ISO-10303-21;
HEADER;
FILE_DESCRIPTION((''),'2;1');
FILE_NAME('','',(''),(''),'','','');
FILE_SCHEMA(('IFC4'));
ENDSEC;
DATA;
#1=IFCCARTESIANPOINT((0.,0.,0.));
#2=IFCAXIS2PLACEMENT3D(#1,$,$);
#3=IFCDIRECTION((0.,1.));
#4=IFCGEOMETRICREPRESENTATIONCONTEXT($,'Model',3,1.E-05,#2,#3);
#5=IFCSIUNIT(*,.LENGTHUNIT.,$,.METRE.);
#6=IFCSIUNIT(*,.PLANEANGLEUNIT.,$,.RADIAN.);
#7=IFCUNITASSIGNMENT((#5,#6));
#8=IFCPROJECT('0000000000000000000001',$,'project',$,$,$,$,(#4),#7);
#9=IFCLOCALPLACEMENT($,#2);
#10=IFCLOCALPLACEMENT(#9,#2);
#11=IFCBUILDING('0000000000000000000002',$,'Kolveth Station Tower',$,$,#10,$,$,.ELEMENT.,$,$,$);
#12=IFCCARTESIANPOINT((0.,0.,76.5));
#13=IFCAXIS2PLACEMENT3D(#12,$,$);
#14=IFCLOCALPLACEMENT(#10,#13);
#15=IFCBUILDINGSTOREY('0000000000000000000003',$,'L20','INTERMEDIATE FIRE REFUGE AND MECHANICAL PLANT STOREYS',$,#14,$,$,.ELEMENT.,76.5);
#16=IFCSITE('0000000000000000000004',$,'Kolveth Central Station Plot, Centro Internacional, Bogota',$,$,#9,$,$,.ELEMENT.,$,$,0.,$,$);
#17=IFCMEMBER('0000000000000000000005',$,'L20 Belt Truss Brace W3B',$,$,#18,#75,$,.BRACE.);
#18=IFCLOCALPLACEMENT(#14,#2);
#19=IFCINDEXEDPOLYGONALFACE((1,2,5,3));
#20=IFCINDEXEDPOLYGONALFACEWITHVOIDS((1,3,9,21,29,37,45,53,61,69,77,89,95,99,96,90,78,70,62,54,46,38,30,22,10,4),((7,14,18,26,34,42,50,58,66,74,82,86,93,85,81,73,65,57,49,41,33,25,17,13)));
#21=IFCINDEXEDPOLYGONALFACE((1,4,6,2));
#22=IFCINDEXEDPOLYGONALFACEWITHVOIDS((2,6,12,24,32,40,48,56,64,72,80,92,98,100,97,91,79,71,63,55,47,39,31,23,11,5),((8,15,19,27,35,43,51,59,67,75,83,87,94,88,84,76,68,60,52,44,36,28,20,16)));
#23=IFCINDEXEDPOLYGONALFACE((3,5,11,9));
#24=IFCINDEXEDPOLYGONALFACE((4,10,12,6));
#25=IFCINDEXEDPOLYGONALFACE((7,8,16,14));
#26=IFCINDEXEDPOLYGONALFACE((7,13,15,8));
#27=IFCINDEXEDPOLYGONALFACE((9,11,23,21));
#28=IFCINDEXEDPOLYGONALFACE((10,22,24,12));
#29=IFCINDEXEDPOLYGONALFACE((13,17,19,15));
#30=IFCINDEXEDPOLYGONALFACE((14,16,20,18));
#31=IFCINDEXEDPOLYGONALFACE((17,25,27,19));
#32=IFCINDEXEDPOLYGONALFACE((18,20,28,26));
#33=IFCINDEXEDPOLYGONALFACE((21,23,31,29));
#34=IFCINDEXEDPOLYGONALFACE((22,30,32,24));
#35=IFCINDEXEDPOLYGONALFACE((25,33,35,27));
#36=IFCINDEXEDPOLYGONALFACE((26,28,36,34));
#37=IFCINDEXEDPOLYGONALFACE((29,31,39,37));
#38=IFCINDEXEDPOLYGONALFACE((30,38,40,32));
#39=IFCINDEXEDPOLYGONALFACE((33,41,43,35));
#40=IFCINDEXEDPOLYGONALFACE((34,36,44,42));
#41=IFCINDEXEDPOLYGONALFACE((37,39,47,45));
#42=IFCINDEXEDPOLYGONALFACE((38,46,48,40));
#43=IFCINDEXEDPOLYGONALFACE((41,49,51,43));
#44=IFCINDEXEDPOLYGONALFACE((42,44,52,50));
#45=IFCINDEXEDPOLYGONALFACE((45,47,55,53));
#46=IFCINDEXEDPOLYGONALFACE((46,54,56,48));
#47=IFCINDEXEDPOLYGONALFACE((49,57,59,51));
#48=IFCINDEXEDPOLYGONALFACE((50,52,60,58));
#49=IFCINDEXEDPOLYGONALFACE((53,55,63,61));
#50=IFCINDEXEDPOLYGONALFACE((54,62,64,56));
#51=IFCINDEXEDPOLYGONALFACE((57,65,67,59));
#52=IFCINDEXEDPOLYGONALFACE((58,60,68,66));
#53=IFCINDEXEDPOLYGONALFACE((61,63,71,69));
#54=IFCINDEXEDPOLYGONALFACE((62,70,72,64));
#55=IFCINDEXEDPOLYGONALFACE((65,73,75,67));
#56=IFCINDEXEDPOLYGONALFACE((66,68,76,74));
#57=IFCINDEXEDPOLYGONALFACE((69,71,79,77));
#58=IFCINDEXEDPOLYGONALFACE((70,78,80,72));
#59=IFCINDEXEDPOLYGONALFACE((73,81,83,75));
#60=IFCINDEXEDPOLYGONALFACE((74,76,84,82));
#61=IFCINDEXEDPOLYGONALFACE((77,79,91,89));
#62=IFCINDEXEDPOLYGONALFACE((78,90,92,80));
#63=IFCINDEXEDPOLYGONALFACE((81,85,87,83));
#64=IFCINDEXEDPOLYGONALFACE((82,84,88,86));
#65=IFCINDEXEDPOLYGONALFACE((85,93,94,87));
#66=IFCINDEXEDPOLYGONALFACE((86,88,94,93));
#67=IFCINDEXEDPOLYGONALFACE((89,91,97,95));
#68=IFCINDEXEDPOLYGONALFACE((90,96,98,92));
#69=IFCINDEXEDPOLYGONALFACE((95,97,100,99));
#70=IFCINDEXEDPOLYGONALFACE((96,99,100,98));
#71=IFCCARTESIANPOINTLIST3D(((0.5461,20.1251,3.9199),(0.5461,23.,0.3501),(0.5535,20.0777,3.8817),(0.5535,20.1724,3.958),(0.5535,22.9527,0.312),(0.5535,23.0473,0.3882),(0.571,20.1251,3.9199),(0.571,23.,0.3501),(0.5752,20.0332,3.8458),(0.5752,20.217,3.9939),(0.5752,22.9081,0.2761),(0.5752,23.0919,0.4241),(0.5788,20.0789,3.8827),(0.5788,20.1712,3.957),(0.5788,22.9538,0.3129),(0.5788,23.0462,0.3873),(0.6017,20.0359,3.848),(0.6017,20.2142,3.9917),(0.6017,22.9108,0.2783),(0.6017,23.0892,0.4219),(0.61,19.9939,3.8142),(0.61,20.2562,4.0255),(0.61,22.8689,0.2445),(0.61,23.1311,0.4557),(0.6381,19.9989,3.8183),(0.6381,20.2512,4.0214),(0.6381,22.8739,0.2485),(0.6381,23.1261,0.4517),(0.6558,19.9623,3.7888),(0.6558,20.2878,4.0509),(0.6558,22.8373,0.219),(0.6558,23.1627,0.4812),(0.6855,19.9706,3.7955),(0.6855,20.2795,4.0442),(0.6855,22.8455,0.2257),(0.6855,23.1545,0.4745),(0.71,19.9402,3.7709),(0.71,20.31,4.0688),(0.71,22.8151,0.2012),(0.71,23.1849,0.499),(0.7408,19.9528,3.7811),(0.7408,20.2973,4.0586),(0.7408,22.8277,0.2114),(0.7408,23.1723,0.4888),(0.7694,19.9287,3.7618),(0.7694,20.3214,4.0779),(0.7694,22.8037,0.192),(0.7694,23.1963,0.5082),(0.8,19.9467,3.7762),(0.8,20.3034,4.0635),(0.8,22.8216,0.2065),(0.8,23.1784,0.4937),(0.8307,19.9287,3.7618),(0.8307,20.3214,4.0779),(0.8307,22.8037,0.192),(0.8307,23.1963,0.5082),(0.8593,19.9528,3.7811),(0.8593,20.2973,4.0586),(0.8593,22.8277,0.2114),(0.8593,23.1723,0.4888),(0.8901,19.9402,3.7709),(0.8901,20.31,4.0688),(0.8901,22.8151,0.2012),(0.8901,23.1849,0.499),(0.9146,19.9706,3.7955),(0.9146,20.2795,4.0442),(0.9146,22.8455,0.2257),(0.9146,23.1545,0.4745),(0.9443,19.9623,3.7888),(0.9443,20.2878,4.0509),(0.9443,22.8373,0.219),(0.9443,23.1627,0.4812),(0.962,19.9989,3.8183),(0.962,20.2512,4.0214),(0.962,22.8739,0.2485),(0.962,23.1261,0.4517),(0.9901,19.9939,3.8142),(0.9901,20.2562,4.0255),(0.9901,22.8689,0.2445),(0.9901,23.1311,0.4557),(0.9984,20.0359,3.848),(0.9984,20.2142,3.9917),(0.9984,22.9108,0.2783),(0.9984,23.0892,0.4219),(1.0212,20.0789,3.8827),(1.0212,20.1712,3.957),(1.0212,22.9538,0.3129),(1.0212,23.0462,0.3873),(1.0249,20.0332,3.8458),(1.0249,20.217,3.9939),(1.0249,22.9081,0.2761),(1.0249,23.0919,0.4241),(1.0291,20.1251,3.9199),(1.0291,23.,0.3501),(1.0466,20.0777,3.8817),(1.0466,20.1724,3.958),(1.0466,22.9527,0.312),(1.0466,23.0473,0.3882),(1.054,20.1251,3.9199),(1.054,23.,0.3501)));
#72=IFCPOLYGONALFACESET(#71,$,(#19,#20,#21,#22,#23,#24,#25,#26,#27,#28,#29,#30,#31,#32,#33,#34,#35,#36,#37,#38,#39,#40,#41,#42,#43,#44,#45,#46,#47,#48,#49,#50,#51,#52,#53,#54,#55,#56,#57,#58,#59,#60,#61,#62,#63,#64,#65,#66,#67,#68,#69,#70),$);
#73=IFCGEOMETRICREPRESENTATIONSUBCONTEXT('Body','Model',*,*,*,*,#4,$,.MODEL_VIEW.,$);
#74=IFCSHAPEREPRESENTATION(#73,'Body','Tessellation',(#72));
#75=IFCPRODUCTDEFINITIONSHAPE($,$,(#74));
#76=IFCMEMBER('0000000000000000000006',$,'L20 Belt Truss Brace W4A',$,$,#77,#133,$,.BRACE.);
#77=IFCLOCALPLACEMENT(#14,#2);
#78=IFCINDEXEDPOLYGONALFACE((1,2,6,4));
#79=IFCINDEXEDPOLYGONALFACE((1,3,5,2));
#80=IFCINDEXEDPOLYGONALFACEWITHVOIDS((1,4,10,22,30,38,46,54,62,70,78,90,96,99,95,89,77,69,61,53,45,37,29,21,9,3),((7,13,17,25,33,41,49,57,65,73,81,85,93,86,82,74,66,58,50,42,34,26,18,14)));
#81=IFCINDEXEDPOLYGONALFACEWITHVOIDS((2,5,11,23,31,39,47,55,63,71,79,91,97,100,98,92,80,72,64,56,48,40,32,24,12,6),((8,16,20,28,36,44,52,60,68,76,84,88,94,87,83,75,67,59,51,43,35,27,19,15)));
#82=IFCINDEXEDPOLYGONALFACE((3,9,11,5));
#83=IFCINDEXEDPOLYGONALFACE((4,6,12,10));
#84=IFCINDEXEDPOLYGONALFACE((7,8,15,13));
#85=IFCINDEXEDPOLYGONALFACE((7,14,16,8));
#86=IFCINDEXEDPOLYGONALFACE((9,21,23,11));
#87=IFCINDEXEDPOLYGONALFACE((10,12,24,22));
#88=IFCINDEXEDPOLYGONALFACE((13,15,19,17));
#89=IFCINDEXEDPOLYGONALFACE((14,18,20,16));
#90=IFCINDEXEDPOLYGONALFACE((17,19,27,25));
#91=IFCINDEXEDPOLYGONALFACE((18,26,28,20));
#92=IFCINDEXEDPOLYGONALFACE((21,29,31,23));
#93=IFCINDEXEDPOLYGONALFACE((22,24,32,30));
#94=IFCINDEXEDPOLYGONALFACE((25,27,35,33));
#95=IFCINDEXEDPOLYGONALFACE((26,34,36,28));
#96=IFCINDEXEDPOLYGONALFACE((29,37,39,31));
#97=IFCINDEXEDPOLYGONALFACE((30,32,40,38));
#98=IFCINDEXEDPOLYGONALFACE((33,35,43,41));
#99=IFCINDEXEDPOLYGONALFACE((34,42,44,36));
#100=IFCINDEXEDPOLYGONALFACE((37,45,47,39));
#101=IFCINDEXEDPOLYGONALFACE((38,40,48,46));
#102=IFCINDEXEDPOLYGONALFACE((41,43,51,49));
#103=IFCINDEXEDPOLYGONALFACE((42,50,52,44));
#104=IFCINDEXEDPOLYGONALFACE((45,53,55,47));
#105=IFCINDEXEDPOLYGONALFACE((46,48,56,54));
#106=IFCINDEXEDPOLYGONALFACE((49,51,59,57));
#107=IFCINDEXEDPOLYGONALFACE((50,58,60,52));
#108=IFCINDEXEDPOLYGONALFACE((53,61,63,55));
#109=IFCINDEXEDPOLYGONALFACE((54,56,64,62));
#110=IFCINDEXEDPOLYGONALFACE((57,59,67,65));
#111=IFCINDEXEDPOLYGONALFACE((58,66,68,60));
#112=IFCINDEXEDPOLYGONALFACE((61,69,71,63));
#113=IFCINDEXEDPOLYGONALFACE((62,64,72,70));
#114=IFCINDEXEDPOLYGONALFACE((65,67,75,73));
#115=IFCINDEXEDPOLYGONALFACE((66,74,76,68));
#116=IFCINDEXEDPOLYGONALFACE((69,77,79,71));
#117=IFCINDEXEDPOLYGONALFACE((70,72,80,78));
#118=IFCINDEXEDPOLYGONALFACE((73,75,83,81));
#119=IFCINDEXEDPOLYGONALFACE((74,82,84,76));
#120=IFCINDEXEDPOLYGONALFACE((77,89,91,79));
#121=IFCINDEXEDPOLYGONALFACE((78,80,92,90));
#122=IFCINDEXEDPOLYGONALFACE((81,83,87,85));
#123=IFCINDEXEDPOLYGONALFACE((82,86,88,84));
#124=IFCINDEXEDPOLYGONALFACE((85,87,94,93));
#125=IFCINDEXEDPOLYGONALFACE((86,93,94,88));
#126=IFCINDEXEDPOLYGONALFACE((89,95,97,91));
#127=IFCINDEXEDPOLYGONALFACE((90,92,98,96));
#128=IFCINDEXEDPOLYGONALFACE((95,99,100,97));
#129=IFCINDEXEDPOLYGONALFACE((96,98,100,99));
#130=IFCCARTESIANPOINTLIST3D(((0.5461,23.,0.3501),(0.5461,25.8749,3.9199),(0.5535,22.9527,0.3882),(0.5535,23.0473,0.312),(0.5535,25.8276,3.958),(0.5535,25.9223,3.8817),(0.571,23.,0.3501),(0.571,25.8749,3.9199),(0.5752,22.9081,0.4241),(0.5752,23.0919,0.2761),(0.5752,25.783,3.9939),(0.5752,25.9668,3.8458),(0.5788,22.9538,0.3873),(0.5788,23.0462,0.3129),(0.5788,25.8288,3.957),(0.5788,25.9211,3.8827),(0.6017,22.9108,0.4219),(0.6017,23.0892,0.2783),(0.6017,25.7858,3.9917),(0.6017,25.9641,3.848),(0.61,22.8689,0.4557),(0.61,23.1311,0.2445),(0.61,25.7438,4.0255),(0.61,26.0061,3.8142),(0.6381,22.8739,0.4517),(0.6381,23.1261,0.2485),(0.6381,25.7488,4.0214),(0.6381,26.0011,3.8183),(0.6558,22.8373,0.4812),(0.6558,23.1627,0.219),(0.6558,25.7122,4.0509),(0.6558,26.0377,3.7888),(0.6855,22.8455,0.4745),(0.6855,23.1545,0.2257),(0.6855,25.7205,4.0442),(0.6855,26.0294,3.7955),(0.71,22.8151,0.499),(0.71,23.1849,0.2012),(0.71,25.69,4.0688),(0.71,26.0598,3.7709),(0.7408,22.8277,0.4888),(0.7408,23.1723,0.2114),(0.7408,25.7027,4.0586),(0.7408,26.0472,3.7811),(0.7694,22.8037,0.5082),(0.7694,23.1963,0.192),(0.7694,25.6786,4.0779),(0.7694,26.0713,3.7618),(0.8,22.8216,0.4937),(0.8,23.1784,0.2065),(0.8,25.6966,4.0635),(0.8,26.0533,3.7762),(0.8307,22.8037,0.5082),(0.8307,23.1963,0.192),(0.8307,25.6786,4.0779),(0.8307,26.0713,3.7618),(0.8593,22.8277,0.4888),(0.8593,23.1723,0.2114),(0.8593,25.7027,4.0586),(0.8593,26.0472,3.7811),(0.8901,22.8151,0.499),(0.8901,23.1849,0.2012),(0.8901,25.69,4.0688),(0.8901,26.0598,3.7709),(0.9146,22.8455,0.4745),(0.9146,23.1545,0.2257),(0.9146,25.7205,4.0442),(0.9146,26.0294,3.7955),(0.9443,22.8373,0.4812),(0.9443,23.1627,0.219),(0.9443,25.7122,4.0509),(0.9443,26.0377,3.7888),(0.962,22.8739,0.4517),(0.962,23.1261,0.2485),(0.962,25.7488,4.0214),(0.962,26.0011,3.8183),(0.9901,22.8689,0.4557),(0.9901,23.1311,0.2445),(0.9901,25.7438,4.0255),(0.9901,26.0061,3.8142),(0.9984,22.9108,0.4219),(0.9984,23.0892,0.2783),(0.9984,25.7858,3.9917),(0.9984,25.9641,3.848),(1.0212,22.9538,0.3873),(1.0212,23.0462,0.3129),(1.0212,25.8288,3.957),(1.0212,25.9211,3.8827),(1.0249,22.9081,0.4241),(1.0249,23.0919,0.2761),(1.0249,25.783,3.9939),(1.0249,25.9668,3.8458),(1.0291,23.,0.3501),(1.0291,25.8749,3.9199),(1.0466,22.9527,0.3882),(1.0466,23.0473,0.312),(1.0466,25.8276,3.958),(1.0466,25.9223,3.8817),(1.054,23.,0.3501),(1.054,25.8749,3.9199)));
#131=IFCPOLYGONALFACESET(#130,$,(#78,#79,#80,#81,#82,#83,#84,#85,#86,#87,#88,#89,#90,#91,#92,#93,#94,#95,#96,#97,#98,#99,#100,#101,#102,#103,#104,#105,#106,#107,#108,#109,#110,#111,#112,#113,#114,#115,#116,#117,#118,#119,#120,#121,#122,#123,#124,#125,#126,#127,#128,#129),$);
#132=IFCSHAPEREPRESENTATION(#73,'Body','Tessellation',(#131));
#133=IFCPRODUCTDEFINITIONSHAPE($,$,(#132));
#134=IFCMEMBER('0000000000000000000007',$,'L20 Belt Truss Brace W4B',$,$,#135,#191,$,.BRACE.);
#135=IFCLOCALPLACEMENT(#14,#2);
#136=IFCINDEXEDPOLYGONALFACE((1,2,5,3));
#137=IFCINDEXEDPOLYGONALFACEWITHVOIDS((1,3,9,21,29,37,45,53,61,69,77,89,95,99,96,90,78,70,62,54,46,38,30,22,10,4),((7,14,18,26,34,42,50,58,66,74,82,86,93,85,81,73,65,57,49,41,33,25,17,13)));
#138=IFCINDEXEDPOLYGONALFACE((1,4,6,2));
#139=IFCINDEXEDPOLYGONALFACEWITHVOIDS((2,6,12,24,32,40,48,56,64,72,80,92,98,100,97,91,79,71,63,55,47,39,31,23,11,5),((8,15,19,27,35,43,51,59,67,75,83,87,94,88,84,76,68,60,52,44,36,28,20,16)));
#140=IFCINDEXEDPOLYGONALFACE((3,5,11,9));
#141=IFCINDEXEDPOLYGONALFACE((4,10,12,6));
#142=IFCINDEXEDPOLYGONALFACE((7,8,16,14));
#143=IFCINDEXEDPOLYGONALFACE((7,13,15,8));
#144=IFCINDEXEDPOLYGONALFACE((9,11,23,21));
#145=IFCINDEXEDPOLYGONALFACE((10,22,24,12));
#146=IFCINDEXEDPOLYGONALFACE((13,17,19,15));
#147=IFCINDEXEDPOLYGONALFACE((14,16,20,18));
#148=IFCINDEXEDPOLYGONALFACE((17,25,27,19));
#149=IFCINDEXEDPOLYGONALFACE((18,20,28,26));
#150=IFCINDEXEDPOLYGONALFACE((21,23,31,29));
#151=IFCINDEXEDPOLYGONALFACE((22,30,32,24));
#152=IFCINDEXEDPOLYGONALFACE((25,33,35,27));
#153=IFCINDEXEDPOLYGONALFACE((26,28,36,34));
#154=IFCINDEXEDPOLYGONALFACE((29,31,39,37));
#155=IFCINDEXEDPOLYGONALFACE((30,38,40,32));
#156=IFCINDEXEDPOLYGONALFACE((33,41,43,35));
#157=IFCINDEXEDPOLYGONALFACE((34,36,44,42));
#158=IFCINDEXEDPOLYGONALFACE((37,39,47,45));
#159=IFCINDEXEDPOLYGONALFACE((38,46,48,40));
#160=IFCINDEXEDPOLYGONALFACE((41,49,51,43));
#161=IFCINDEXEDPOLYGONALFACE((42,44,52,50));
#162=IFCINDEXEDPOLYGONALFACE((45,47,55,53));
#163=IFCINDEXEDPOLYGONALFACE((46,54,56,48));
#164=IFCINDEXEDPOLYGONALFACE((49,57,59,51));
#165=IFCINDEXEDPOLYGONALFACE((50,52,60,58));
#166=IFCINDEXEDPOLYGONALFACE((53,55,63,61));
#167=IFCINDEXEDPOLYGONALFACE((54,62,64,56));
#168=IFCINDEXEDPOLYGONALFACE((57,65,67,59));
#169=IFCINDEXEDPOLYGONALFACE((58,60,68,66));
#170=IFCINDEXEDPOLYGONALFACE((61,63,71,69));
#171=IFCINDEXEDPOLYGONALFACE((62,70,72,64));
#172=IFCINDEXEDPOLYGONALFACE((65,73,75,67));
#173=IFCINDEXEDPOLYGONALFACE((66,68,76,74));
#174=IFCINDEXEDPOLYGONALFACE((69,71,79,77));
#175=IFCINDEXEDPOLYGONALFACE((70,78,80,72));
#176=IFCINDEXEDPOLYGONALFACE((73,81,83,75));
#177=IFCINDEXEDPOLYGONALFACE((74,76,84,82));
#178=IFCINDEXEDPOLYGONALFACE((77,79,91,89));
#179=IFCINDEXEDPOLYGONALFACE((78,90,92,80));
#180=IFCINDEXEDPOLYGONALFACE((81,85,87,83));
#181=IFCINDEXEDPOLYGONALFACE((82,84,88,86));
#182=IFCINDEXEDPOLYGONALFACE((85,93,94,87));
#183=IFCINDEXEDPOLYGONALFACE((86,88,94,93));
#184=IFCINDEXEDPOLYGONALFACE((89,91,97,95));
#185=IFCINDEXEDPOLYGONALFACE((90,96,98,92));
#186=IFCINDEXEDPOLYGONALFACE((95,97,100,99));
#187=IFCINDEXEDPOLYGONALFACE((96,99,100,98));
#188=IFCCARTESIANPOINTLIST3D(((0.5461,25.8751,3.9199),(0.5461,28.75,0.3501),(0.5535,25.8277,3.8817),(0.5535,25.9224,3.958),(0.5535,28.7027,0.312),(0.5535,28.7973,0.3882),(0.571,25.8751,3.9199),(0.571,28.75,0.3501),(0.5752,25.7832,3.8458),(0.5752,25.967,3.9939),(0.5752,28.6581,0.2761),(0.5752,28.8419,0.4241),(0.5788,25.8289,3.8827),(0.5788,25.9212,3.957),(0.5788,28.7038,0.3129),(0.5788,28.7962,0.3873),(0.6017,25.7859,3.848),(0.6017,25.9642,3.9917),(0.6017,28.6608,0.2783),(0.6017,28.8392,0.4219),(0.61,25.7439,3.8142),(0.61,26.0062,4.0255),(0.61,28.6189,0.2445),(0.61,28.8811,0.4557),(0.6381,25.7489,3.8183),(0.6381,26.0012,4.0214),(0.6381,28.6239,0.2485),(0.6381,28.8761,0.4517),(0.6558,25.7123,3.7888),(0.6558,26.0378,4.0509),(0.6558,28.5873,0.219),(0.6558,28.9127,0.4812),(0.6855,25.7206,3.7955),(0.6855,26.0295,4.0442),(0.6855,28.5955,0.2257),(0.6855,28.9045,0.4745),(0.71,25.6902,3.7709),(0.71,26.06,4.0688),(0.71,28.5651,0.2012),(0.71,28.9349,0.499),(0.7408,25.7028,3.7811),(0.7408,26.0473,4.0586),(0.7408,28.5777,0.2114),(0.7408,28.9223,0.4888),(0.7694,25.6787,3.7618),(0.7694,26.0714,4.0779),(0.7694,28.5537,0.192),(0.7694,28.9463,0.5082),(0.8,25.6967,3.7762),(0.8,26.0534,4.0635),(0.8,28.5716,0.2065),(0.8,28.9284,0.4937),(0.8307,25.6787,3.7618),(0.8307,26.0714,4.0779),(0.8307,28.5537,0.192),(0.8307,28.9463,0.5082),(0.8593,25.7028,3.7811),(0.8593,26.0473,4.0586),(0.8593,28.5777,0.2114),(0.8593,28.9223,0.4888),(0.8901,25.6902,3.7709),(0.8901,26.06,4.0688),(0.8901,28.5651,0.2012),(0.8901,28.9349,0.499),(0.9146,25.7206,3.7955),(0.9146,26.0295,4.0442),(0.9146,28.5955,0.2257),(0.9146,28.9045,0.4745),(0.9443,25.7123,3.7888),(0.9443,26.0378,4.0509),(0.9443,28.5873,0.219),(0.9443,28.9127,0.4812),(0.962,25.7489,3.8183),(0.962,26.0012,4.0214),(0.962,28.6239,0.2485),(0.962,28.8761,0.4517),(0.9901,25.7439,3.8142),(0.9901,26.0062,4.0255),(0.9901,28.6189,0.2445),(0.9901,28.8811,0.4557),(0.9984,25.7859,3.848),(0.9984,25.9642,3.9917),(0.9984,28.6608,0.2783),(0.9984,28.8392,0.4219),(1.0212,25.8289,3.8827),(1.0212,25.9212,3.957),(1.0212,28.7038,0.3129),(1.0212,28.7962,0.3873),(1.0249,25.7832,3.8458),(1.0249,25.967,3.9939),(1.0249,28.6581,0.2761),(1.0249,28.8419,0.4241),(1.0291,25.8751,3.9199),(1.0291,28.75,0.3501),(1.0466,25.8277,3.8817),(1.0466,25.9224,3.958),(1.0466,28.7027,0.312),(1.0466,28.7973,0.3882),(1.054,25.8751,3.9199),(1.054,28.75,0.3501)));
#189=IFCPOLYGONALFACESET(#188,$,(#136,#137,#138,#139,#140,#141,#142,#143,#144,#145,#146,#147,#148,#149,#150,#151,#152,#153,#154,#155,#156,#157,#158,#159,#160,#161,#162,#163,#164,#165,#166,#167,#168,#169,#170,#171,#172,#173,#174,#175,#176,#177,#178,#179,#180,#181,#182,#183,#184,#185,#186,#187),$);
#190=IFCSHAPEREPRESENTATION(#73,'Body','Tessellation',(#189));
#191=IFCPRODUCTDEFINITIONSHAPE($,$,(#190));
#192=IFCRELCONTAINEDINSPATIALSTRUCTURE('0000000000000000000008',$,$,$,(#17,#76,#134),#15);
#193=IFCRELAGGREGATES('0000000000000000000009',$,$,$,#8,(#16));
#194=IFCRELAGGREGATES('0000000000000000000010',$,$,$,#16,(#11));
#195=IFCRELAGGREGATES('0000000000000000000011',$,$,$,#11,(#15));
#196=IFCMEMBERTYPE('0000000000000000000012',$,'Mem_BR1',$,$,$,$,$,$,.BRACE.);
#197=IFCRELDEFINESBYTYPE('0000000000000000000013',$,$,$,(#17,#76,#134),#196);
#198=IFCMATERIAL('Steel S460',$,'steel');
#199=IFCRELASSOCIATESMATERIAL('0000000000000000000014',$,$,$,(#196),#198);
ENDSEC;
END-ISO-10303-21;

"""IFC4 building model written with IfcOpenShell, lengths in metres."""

from ifc_helpers import new_model, si_unit, direction, frame, origin, origin_2d, place, context, subcontext, project, spatial, hollow_circle, extrude, source, transform, mapped, material, material_profile, profile_set, type_object, element, save


model = new_model("IFC4")

# Units and contexts
model_context = context("Model", 3, precision=1e-05, world=origin(), true_north=direction((0.0, 1.0)))
body_context = subcontext(model_context, "Body", "Model", "MODEL_VIEW")
ifc_project = project(units=[si_unit("LENGTHUNIT", "METRE"), si_unit("PLANEANGLEUNIT", "RADIAN")], contexts=[model_context])

# Site, building, storey
site_placement = place(None, origin())
site = spatial("IfcSite", under=ifc_project, at=site_placement, Name="Kolveth Central Station Plot, Centro Internacional, Bogota", CompositionType="ELEMENT", RefElevation=0.0)
building_placement = place(site_placement, origin())
building = spatial("IfcBuilding", under=site, at=building_placement, Name="Kolveth Station Tower", CompositionType="ELEMENT")
storey_placement = place(building_placement, frame((0.0, 0.0, 76.5)))
storey = spatial("IfcBuildingStorey", under=building, at=storey_placement, Name="L20", Description="INTERMEDIATE FIRE REFUGE AND MECHANICAL PLANT STOREYS", CompositionType="ELEMENT", Elevation=76.5)

# Shared definitions
ifc_material_1 = material(Name="Steel S460", Category="steel")

# Members
ifc_material_profile_1 = material_profile(ifc_material_1, hollow_circle(Radius=0.2539, WallThickness=0.0249, at=origin_2d()), Name="CHS508x25")
ifc_profile_set_1 = profile_set([ifc_material_profile_1], Name="Steel S460")
member_type_1 = type_object("IfcMemberType", Name="Mem_BR1", PredefinedType="BRACE", material=ifc_profile_set_1)
shared_shape_1 = source(origin(), body_context, "Body", "SweptSolid", [
    extrude(hollow_circle(Radius=0.2539, WallThickness=0.0249, at=origin_2d()), origin(), (0.0, 0.0, 1.0), 4.5835),
])
for number, where, z_axis, x_axis, name in (
    (1, (0.8, 23.0, 0.3501), (0.0, -0.627238, 0.778828), (1.0, 0.0, 0.0), "L20 Belt Truss Brace W3B"),
    (2, (0.8, 23.0, 0.3501), (0.0, 0.627238, 0.778828), (-1.0, 0.0, 0.0), "L20 Belt Truss Brace W4A"),
    (3, (0.8, 28.75, 0.3501), (0.0, -0.627238, 0.778828), (1.0, 0.0, 0.0), "L20 Belt Truss Brace W4B"),
):
    element("IfcMember", number, at=place(storey_placement, frame(where, z_axis=z_axis, x_axis=x_axis)), inside=storey, type_object=member_type_1, Name=name, PredefinedType="BRACE", context=body_context, shape_type="MappedRepresentation", body=[
        mapped(shared_shape_1, transform((0.0, 0.0, 0.0), x_axis=(1.0, 0.0, 0.0), y_axis=(0.0, 1.0, 0.0), z_axis=(0.0, 0.0, 1.0), scale=1.0)),
    ])

save(model, "model.ifc")
